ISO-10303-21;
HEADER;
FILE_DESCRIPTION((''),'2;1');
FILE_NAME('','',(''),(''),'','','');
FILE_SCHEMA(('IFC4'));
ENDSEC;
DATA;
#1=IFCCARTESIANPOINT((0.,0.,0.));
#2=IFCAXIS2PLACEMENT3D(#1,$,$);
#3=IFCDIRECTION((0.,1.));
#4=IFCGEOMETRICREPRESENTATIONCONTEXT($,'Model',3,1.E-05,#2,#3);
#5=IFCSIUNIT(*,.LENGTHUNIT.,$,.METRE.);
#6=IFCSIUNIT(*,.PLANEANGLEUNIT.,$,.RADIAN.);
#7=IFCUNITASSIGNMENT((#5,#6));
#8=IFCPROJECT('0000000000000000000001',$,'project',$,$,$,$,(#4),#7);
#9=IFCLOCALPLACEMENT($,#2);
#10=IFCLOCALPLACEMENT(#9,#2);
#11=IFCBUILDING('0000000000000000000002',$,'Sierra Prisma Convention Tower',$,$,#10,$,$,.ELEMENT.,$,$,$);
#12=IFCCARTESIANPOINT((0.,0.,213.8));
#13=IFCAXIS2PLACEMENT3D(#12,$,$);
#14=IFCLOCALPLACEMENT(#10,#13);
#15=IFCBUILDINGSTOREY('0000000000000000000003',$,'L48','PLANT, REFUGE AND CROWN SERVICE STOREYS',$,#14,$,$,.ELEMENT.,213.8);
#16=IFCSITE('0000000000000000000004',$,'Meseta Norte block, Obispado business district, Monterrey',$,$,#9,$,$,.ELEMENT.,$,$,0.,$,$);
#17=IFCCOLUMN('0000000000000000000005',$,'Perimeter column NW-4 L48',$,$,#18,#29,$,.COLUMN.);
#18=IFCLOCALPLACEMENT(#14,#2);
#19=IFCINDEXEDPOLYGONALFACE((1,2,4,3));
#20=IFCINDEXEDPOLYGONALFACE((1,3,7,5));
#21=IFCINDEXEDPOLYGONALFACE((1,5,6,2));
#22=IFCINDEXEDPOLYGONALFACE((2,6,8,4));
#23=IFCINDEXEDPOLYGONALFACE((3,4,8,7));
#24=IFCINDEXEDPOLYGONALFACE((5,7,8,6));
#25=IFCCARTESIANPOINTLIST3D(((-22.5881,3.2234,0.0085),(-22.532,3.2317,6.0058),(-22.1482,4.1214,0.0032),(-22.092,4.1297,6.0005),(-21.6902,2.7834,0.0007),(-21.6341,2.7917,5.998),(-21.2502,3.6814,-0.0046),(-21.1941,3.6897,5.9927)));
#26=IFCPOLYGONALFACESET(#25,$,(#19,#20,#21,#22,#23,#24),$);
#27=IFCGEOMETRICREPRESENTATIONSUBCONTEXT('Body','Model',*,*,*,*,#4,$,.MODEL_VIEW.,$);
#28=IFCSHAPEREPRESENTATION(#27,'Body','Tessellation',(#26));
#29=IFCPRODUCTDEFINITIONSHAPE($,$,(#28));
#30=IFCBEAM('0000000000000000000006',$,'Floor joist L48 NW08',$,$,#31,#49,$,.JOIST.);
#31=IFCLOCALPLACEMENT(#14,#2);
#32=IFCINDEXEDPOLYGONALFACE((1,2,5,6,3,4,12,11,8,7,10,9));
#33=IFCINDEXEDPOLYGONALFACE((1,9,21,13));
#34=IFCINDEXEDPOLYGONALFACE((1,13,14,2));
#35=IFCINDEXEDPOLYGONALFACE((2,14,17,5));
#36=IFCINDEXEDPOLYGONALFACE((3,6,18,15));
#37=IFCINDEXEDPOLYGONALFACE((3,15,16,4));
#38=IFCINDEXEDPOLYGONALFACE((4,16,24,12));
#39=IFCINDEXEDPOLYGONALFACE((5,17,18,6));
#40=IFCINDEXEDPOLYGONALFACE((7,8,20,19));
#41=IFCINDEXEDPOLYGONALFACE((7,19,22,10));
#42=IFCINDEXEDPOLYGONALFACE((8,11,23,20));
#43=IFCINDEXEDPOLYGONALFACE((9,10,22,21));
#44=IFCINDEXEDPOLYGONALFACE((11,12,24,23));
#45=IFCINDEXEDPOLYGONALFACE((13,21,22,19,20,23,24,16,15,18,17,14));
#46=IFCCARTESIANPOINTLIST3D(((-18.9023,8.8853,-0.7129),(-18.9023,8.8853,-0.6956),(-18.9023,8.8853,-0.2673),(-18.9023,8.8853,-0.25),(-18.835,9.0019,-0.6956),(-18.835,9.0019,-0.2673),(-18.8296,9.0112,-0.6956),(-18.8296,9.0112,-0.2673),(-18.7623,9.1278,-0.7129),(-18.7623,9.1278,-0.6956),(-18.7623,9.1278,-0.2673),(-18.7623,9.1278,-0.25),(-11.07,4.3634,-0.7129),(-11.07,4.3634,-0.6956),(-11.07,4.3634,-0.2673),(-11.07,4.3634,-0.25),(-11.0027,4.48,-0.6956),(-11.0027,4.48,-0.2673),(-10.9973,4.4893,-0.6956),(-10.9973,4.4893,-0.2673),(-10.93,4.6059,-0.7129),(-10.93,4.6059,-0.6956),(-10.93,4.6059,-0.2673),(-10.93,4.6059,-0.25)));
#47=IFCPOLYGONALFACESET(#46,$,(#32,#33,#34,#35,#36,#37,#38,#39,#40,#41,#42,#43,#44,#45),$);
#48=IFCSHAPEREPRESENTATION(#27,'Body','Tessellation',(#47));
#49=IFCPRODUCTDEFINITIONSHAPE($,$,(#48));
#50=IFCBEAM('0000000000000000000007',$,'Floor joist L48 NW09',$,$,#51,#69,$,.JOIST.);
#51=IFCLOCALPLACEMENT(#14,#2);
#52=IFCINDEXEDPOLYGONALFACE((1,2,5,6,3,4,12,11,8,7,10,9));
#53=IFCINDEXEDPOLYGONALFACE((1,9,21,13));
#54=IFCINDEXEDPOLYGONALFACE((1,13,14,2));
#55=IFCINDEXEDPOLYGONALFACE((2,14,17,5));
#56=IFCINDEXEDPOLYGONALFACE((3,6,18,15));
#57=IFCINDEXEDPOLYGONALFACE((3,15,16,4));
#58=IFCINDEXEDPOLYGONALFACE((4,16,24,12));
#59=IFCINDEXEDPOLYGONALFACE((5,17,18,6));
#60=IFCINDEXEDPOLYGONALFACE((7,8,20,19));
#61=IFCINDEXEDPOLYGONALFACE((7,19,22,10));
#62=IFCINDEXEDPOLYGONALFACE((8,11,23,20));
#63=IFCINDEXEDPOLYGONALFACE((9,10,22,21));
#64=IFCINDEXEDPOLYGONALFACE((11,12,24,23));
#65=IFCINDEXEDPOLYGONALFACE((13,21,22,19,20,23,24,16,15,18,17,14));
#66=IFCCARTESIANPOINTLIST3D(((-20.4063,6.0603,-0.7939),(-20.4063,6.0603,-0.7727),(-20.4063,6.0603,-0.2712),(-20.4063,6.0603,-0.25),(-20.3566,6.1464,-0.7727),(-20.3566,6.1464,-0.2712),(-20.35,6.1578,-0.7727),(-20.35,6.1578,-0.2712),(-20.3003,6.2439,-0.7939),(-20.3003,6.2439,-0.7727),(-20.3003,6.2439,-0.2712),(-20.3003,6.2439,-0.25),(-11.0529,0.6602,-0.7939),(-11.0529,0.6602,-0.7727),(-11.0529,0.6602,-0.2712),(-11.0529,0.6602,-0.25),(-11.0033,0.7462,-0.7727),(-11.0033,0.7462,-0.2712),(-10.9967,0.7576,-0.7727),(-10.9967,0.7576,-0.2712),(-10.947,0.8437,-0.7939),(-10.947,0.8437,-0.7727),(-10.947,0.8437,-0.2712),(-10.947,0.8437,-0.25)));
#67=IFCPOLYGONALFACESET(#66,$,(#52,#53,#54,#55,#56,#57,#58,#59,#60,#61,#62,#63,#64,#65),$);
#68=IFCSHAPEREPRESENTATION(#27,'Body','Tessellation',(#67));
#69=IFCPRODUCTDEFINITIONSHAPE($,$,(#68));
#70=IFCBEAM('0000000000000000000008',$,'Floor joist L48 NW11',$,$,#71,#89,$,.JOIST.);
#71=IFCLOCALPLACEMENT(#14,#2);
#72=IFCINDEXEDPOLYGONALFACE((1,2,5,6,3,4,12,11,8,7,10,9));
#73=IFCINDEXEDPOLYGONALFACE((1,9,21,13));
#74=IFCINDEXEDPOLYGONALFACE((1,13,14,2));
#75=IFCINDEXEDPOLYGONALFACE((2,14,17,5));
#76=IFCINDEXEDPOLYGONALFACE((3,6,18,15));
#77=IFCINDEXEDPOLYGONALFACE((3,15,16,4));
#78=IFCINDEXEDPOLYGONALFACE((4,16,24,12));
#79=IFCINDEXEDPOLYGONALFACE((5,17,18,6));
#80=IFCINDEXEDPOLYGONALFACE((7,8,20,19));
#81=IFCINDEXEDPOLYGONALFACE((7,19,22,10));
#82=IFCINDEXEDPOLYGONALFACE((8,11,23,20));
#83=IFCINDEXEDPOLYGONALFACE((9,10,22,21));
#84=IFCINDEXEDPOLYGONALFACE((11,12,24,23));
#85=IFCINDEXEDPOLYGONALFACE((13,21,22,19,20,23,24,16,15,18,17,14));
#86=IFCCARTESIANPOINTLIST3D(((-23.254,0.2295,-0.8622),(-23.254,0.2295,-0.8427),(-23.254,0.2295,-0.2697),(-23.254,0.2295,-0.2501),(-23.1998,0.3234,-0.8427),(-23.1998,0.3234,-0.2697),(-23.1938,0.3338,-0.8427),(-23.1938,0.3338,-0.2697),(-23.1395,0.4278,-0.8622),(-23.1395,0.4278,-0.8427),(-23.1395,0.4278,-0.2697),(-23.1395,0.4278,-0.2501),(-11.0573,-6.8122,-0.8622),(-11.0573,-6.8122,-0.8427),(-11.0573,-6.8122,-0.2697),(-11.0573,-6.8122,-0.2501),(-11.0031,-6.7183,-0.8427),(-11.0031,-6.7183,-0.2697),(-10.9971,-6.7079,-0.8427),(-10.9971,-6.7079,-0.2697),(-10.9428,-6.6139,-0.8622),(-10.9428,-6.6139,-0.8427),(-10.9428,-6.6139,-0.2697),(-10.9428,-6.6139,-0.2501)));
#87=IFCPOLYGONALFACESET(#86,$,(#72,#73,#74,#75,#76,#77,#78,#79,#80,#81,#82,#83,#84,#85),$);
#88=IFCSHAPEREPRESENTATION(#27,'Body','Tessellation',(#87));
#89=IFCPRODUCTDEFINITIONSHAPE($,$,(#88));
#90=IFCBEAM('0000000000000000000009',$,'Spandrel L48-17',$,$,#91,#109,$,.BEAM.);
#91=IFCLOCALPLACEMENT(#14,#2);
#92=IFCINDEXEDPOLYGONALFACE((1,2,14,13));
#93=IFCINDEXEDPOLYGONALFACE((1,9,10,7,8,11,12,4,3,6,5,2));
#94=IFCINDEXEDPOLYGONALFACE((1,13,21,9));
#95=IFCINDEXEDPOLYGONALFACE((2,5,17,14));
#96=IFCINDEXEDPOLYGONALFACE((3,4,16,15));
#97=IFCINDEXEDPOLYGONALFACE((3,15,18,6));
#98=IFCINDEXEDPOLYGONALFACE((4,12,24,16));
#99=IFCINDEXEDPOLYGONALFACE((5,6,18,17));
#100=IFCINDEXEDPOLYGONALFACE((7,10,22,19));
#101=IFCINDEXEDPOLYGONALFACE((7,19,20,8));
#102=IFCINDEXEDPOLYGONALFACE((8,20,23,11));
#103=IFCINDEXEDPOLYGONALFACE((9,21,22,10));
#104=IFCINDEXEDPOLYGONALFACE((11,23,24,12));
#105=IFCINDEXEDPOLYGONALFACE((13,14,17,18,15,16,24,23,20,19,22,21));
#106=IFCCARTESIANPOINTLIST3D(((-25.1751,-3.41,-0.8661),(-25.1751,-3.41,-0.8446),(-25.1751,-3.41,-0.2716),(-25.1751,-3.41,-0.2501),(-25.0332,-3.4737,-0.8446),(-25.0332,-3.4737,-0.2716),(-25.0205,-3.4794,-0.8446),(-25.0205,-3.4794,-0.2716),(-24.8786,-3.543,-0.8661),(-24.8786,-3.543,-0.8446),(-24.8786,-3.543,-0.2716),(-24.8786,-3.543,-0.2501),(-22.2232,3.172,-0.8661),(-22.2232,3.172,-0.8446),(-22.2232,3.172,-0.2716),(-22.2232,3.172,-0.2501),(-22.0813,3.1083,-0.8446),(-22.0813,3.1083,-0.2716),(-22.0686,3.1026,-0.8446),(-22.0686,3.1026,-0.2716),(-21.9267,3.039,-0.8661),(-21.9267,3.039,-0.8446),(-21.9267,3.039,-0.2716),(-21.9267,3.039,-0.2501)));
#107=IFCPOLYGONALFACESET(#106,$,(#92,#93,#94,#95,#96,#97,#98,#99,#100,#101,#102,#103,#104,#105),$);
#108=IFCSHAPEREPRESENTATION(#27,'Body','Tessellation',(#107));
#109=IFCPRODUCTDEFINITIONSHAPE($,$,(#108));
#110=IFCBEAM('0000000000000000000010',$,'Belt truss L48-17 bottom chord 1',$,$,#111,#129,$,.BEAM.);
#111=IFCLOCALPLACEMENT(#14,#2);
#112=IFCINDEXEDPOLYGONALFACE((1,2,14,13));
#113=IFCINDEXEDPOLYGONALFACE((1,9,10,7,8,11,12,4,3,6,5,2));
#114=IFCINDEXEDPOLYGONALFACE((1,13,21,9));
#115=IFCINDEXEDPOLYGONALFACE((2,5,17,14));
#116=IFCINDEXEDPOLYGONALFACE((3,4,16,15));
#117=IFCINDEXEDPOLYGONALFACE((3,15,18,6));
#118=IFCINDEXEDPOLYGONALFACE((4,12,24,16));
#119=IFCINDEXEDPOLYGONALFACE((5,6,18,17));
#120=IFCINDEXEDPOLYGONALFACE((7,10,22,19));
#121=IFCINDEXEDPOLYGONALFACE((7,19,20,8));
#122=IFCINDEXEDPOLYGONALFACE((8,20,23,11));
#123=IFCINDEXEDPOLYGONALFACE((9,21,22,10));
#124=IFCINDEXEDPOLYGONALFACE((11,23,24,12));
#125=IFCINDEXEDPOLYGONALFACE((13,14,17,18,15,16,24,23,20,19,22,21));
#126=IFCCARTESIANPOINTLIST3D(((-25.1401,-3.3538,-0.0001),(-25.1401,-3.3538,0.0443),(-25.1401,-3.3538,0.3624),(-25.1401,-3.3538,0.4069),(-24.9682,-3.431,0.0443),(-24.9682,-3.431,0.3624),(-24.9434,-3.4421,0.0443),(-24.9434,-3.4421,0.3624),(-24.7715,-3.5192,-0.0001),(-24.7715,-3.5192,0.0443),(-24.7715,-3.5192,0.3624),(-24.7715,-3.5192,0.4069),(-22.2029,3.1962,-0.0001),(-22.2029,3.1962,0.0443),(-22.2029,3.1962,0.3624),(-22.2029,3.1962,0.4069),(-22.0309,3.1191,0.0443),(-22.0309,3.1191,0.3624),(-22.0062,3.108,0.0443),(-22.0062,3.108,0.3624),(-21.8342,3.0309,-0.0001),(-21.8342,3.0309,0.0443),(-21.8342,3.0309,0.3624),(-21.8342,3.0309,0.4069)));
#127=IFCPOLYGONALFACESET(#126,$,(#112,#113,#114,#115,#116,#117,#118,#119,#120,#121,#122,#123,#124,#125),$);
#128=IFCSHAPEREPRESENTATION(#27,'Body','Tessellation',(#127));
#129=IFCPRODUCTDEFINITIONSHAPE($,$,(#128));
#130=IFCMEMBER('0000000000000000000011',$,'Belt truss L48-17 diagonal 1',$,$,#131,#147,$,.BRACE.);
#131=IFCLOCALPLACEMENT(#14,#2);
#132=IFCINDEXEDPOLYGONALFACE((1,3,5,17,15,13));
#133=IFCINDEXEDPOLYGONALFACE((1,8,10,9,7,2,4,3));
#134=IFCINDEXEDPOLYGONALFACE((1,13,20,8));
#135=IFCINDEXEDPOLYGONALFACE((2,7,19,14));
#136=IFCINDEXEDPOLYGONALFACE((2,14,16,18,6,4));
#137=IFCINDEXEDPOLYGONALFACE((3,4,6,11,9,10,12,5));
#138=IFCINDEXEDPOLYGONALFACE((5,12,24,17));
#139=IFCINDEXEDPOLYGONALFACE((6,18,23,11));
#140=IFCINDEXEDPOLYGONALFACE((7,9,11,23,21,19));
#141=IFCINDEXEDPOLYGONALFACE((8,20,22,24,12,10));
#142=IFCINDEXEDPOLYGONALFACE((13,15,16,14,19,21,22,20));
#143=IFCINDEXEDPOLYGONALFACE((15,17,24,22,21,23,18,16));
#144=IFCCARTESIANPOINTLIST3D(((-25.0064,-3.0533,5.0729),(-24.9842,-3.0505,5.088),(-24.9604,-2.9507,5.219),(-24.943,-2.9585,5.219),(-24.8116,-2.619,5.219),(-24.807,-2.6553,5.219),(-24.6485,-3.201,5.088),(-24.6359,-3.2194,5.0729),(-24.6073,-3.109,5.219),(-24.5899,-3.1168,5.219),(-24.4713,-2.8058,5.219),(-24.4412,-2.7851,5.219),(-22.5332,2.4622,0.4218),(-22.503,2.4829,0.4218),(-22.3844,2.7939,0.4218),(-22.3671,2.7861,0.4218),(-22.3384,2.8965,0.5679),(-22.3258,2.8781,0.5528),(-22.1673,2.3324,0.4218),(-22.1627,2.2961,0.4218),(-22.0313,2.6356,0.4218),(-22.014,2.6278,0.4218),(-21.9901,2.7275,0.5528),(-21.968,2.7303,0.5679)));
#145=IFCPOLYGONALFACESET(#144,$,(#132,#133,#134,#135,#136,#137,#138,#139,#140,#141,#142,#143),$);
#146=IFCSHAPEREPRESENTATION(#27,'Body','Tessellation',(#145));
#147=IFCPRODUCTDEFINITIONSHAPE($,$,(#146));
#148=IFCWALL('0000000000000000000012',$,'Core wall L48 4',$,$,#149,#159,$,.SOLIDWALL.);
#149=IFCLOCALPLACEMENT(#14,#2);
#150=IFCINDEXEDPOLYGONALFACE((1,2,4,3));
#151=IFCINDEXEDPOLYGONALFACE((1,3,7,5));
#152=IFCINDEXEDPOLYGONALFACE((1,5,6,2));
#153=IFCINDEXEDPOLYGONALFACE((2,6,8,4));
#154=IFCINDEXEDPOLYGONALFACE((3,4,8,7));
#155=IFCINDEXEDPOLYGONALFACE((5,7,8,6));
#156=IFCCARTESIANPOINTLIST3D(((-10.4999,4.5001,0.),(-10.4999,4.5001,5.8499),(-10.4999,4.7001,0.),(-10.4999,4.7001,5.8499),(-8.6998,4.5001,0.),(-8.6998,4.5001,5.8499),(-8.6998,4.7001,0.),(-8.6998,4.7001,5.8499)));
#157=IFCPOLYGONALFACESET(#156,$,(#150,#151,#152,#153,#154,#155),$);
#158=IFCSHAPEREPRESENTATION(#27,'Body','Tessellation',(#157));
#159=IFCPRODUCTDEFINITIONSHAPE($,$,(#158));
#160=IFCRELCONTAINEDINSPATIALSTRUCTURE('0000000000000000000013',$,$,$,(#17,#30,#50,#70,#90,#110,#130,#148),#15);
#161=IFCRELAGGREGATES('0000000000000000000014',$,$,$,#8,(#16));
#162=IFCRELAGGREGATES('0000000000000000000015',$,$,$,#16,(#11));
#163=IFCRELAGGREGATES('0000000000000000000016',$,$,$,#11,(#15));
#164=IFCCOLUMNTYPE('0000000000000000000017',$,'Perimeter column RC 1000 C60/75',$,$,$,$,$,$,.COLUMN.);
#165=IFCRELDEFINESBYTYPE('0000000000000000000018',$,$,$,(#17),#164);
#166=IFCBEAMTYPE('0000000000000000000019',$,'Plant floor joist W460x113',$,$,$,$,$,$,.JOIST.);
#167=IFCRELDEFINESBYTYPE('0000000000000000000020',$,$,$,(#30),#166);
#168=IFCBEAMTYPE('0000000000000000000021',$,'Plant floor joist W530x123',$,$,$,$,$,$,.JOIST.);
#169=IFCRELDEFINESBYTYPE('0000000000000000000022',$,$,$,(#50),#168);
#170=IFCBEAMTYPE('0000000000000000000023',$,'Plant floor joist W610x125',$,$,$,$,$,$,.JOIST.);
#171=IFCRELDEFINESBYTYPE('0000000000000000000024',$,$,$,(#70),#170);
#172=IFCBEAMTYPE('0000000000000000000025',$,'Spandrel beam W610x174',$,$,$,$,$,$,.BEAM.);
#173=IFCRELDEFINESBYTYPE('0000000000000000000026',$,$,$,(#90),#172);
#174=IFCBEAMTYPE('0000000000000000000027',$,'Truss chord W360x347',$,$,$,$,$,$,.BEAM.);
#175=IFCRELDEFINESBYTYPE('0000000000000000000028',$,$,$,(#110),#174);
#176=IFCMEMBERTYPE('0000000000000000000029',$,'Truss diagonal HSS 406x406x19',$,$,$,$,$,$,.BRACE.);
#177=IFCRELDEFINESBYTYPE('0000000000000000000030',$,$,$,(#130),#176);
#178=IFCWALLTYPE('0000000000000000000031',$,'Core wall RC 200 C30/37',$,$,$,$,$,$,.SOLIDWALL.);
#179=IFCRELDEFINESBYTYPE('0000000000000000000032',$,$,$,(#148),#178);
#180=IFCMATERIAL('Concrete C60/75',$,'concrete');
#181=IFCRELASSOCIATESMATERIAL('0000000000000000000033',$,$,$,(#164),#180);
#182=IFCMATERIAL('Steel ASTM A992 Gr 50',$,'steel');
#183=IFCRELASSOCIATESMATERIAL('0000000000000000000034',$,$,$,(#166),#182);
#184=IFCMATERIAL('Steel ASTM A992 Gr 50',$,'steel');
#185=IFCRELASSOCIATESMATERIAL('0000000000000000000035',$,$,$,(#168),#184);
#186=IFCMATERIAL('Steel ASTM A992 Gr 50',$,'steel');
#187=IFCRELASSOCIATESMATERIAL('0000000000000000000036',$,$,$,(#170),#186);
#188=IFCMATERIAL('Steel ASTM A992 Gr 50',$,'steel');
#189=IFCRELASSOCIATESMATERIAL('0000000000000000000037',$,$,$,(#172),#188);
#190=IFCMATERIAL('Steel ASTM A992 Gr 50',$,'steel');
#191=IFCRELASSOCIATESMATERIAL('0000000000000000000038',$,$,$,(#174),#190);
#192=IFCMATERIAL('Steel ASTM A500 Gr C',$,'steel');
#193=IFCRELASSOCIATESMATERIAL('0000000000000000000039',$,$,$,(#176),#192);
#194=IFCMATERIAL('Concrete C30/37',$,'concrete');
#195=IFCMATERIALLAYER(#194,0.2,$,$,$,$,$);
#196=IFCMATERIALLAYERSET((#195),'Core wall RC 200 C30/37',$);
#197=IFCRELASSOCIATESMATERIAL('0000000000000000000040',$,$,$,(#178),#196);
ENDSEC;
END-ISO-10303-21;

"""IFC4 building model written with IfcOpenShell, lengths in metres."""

from ifc_helpers import new_model, si_unit, direction, frame, frame_2d, origin, origin_2d, place, context, subcontext, project, spatial, rectangle, hollow_rectangle, i_section, extrude, clip, halfspace, material, layer, layer_set, material_profile, profile_set, type_object, element, save


model = new_model("IFC4")

# Units and contexts
model_context = context("Model", 3, precision=1e-05, world=origin(), true_north=direction((0.0, 1.0)))
body_context = subcontext(model_context, "Body", "Model", "MODEL_VIEW")
ifc_project = project(units=[si_unit("LENGTHUNIT", "METRE"), si_unit("PLANEANGLEUNIT", "RADIAN")], contexts=[model_context])

# Site, building, storey
site_placement = place(None, origin())
site = spatial("IfcSite", under=ifc_project, at=site_placement, Name="Meseta Norte block, Obispado business district, Monterrey", CompositionType="ELEMENT", RefElevation=0.0)
building_placement = place(site_placement, origin())
building = spatial("IfcBuilding", under=site, at=building_placement, Name="Sierra Prisma Convention Tower", CompositionType="ELEMENT")
storey_placement = place(building_placement, frame((0.0, 0.0, 213.8)))
storey = spatial("IfcBuildingStorey", under=building, at=storey_placement, Name="L48", Description="PLANT, REFUGE AND CROWN SERVICE STOREYS", CompositionType="ELEMENT", Elevation=213.8)

# Column
ifc_material_1 = material(Name="Concrete C60/75", Category="concrete")
ifc_material_profile_1 = material_profile(ifc_material_1, rectangle(XDim=1.0, YDim=1.0, at=origin_2d()), Name="Perimeter column RC 1000 C60/75")
ifc_profile_set_1 = profile_set([ifc_material_profile_1], Name="Concrete C60/75")
column_type = type_object("IfcColumnType", Name="Perimeter column RC 1000 C60/75", PredefinedType="COLUMN", material=ifc_profile_set_1)
column_placement = place(storey_placement, frame((-21.9192, 3.4524, 0.0), z_axis=(0.009358, 0.001383, 0.999955), x_axis=(0.439983, 0.89799, -0.00536)))
element("IfcColumn", 1, at=column_placement, inside=storey, type_object=column_type, Name="Perimeter column NW-4 L48", PredefinedType="COLUMN", context=body_context, shape_type="SweptSolid", body=[
    clip(clip(extrude(rectangle(XDim=1.0, YDim=1.0, at=origin_2d()), origin(), (0.0, 0.0, 1.0), 6.0002), halfspace(frame((0.0, 0.0, 0.002)), True)), halfspace(frame((0.0, 0.0, 5.9995)), False)),
])

# Beams
ifc_material_2 = material(Name="Steel ASTM A992 Gr 50", Category="steel")
ifc_material_profile_2 = material_profile(ifc_material_2, i_section(OverallWidth=0.28, OverallDepth=0.4629, WebThickness=0.0107, FlangeThickness=0.0173, at=origin_2d()), Name="W460x113")
ifc_profile_set_2 = profile_set([ifc_material_profile_2], Name="Steel ASTM A992 Gr 50")
beam_type_1 = type_object("IfcBeamType", Name="Plant floor joist W460x113", PredefinedType="JOIST", material=ifc_profile_set_2)
beam_1_placement = place(storey_placement, frame((-18.8323, 9.0066, -0.4814), z_axis=(0.866025, -0.500001, 0.0), x_axis=(0.500001, 0.866025, 0.0)))
element("IfcBeam", 2, at=beam_1_placement, inside=storey, type_object=beam_type_1, Name="Floor joist L48 NW08", PredefinedType="JOIST", context=body_context, shape_type="SweptSolid", body=[
    extrude(i_section(OverallWidth=0.28, OverallDepth=0.4629, WebThickness=0.0107, FlangeThickness=0.0173, at=origin_2d()), origin(), (0.0, 0.0, 1.0), 9.0439),
])
ifc_material_3 = material(Name="Steel ASTM A992 Gr 50", Category="steel")
ifc_material_profile_3 = material_profile(ifc_material_3, i_section(OverallWidth=0.2119, OverallDepth=0.5439, WebThickness=0.0132, FlangeThickness=0.0212, at=origin_2d()), Name="W530x123")
ifc_profile_set_3 = profile_set([ifc_material_profile_3], Name="Steel ASTM A992 Gr 50")
beam_type_2 = type_object("IfcBeamType", Name="Plant floor joist W530x123", PredefinedType="JOIST", material=ifc_profile_set_3)
beam_2_placement = place(storey_placement, frame((-20.3533, 6.1521, -0.522), z_axis=(0.866024, -0.500002, 0.0), x_axis=(0.500002, 0.866024, 0.0)))
element("IfcBeam", 3, at=beam_2_placement, inside=storey, type_object=beam_type_2, Name="Floor joist L48 NW09", PredefinedType="JOIST", context=body_context, shape_type="SweptSolid", body=[
    extrude(i_section(OverallWidth=0.2119, OverallDepth=0.5439, WebThickness=0.0132, FlangeThickness=0.0212, at=origin_2d()), origin(), (0.0, 0.0, 1.0), 10.8003),
])
ifc_material_4 = material(Name="Steel ASTM A992 Gr 50", Category="steel")
ifc_material_profile_4 = material_profile(ifc_material_4, i_section(OverallWidth=0.229, OverallDepth=0.6121, WebThickness=0.012, FlangeThickness=0.0195, at=origin_2d()), Name="W610x125")
ifc_profile_set_4 = profile_set([ifc_material_profile_4], Name="Steel ASTM A992 Gr 50")
beam_type_3 = type_object("IfcBeamType", Name="Plant floor joist W610x125", PredefinedType="JOIST", material=ifc_profile_set_4)
beam_3_placement = place(storey_placement, frame((-23.1968, 0.3286, -0.5562), z_axis=(0.866027, -0.499997, 0.0), x_axis=(0.499997, 0.866027, 0.0)))
element("IfcBeam", 4, at=beam_3_placement, inside=storey, type_object=beam_type_3, Name="Floor joist L48 NW11", PredefinedType="JOIST", context=body_context, shape_type="SweptSolid", body=[
    extrude(i_section(OverallWidth=0.229, OverallDepth=0.6121, WebThickness=0.012, FlangeThickness=0.0195, at=origin_2d()), origin(), (0.0, 0.0, 1.0), 14.0835),
])
ifc_material_5 = material(Name="Steel ASTM A992 Gr 50", Category="steel")
ifc_material_profile_5 = material_profile(ifc_material_5, i_section(OverallWidth=0.325, OverallDepth=0.616, WebThickness=0.0139, FlangeThickness=0.0215, at=origin_2d()), Name="W610x174")
ifc_profile_set_5 = profile_set([ifc_material_profile_5], Name="Steel ASTM A992 Gr 50")
beam_type_4 = type_object("IfcBeamType", Name="Spandrel beam W610x174", PredefinedType="BEAM", material=ifc_profile_set_5)
beam_4_placement = place(storey_placement, frame((-22.075, 3.1055, -0.5581), z_axis=(-0.40921, -0.91244, 0.0), x_axis=(0.91244, -0.40921, 0.0)))
element("IfcBeam", 5, at=beam_4_placement, inside=storey, type_object=beam_type_4, Name="Spandrel L48-17", PredefinedType="BEAM", context=body_context, shape_type="SweptSolid", body=[
    extrude(i_section(OverallWidth=0.325, OverallDepth=0.616, WebThickness=0.0139, FlangeThickness=0.0215, at=origin_2d()), origin(), (0.0, 0.0, 1.0), 7.2136),
])
ifc_material_6 = material(Name="Steel ASTM A992 Gr 50", Category="steel")
ifc_material_profile_6 = material_profile(ifc_material_6, i_section(OverallWidth=0.4041, OverallDepth=0.407, WebThickness=0.0271, FlangeThickness=0.0444, at=origin_2d()), Name="W360x347")
ifc_profile_set_6 = profile_set([ifc_material_profile_6], Name="Steel ASTM A992 Gr 50")
beam_type_5 = type_object("IfcBeamType", Name="Truss chord W360x347", PredefinedType="BEAM", material=ifc_profile_set_6)
beam_5_placement = place(storey_placement, frame((-22.0186, 3.1135, 0.2034), z_axis=(-0.409175, -0.912456, 0.0), x_axis=(0.912456, -0.409175, 0.0)))
element("IfcBeam", 6, at=beam_5_placement, inside=storey, type_object=beam_type_5, Name="Belt truss L48-17 bottom chord 1", PredefinedType="BEAM", context=body_context, shape_type="SweptSolid", body=[
    extrude(i_section(OverallWidth=0.4041, OverallDepth=0.407, WebThickness=0.0271, FlangeThickness=0.0444, at=origin_2d()), origin(), (0.0, 0.0, 1.0), 7.1785),
])

# Member
ifc_material_7 = material(Name="Steel ASTM A500 Gr C", Category="steel")
ifc_material_profile_7 = material_profile(ifc_material_7, hollow_rectangle(XDim=0.406, YDim=0.406, WallThickness=0.019, at=origin_2d()), Name="Truss diagonal HSS 406x406x19")
ifc_profile_set_7 = profile_set([ifc_material_profile_7], Name="Steel ASTM A500 Gr C")
member_type = type_object("IfcMemberType", Name="Truss diagonal HSS 406x406x19", PredefinedType="BRACE", material=ifc_profile_set_7)
member_placement = place(storey_placement, frame((-22.2039, 2.7004, 0.407), z_axis=(-0.324271, -0.723155, 0.609832), x_axis=(0.912463, -0.409159, 0.0)))
element("IfcMember", 7, at=member_placement, inside=storey, type_object=member_type, Name="Belt truss L48-17 diagonal 1", PredefinedType="BRACE", context=body_context, shape_type="SweptSolid", body=[
    clip(clip(extrude(hollow_rectangle(XDim=0.406, YDim=0.406, WallThickness=0.019, at=origin_2d()), origin(), (0.0, 0.0, 1.0), 7.915), halfspace(frame((0.0, 0.0117, 0.009), z_axis=(0.0, 0.792531, 0.609832), x_axis=(1.0, 0.0, 0.0)), True)), halfspace(frame((0.0, -0.0117, 7.906), z_axis=(0.0, -0.792531, -0.609832), x_axis=(1.0, 0.0, 0.0)), True)),
])

# Shared definitions
ifc_material_8 = material(Name="Concrete C30/37", Category="concrete")
ifc_layer_1 = layer(ifc_material_8, 0.2)
ifc_layer_set_1 = layer_set([ifc_layer_1], Name="Core wall RC 200 C30/37")
wall_type_1 = type_object("IfcWallType", Name="Core wall RC 200 C30/37", PredefinedType="SOLIDWALL", material=ifc_layer_set_1)

# Wall
wall_1_placement = place(storey_placement, frame((-8.7, 4.6001, 0.0), z_axis=(0.0, 0.0, 1.0), x_axis=(-1.0, 0.0, 0.0)))
element("IfcWall", 8, at=wall_1_placement, inside=storey, type_object=wall_type_1, Name="Core wall L48 4", PredefinedType="SOLIDWALL", context=body_context, shape_type="SweptSolid", body=[
    extrude(rectangle(XDim=1.8, YDim=0.2, at=frame_2d((0.8999, 0.0))), origin(), (0.0, 0.0, 1.0), 5.8499),
])

save(model, "model.ifc")
